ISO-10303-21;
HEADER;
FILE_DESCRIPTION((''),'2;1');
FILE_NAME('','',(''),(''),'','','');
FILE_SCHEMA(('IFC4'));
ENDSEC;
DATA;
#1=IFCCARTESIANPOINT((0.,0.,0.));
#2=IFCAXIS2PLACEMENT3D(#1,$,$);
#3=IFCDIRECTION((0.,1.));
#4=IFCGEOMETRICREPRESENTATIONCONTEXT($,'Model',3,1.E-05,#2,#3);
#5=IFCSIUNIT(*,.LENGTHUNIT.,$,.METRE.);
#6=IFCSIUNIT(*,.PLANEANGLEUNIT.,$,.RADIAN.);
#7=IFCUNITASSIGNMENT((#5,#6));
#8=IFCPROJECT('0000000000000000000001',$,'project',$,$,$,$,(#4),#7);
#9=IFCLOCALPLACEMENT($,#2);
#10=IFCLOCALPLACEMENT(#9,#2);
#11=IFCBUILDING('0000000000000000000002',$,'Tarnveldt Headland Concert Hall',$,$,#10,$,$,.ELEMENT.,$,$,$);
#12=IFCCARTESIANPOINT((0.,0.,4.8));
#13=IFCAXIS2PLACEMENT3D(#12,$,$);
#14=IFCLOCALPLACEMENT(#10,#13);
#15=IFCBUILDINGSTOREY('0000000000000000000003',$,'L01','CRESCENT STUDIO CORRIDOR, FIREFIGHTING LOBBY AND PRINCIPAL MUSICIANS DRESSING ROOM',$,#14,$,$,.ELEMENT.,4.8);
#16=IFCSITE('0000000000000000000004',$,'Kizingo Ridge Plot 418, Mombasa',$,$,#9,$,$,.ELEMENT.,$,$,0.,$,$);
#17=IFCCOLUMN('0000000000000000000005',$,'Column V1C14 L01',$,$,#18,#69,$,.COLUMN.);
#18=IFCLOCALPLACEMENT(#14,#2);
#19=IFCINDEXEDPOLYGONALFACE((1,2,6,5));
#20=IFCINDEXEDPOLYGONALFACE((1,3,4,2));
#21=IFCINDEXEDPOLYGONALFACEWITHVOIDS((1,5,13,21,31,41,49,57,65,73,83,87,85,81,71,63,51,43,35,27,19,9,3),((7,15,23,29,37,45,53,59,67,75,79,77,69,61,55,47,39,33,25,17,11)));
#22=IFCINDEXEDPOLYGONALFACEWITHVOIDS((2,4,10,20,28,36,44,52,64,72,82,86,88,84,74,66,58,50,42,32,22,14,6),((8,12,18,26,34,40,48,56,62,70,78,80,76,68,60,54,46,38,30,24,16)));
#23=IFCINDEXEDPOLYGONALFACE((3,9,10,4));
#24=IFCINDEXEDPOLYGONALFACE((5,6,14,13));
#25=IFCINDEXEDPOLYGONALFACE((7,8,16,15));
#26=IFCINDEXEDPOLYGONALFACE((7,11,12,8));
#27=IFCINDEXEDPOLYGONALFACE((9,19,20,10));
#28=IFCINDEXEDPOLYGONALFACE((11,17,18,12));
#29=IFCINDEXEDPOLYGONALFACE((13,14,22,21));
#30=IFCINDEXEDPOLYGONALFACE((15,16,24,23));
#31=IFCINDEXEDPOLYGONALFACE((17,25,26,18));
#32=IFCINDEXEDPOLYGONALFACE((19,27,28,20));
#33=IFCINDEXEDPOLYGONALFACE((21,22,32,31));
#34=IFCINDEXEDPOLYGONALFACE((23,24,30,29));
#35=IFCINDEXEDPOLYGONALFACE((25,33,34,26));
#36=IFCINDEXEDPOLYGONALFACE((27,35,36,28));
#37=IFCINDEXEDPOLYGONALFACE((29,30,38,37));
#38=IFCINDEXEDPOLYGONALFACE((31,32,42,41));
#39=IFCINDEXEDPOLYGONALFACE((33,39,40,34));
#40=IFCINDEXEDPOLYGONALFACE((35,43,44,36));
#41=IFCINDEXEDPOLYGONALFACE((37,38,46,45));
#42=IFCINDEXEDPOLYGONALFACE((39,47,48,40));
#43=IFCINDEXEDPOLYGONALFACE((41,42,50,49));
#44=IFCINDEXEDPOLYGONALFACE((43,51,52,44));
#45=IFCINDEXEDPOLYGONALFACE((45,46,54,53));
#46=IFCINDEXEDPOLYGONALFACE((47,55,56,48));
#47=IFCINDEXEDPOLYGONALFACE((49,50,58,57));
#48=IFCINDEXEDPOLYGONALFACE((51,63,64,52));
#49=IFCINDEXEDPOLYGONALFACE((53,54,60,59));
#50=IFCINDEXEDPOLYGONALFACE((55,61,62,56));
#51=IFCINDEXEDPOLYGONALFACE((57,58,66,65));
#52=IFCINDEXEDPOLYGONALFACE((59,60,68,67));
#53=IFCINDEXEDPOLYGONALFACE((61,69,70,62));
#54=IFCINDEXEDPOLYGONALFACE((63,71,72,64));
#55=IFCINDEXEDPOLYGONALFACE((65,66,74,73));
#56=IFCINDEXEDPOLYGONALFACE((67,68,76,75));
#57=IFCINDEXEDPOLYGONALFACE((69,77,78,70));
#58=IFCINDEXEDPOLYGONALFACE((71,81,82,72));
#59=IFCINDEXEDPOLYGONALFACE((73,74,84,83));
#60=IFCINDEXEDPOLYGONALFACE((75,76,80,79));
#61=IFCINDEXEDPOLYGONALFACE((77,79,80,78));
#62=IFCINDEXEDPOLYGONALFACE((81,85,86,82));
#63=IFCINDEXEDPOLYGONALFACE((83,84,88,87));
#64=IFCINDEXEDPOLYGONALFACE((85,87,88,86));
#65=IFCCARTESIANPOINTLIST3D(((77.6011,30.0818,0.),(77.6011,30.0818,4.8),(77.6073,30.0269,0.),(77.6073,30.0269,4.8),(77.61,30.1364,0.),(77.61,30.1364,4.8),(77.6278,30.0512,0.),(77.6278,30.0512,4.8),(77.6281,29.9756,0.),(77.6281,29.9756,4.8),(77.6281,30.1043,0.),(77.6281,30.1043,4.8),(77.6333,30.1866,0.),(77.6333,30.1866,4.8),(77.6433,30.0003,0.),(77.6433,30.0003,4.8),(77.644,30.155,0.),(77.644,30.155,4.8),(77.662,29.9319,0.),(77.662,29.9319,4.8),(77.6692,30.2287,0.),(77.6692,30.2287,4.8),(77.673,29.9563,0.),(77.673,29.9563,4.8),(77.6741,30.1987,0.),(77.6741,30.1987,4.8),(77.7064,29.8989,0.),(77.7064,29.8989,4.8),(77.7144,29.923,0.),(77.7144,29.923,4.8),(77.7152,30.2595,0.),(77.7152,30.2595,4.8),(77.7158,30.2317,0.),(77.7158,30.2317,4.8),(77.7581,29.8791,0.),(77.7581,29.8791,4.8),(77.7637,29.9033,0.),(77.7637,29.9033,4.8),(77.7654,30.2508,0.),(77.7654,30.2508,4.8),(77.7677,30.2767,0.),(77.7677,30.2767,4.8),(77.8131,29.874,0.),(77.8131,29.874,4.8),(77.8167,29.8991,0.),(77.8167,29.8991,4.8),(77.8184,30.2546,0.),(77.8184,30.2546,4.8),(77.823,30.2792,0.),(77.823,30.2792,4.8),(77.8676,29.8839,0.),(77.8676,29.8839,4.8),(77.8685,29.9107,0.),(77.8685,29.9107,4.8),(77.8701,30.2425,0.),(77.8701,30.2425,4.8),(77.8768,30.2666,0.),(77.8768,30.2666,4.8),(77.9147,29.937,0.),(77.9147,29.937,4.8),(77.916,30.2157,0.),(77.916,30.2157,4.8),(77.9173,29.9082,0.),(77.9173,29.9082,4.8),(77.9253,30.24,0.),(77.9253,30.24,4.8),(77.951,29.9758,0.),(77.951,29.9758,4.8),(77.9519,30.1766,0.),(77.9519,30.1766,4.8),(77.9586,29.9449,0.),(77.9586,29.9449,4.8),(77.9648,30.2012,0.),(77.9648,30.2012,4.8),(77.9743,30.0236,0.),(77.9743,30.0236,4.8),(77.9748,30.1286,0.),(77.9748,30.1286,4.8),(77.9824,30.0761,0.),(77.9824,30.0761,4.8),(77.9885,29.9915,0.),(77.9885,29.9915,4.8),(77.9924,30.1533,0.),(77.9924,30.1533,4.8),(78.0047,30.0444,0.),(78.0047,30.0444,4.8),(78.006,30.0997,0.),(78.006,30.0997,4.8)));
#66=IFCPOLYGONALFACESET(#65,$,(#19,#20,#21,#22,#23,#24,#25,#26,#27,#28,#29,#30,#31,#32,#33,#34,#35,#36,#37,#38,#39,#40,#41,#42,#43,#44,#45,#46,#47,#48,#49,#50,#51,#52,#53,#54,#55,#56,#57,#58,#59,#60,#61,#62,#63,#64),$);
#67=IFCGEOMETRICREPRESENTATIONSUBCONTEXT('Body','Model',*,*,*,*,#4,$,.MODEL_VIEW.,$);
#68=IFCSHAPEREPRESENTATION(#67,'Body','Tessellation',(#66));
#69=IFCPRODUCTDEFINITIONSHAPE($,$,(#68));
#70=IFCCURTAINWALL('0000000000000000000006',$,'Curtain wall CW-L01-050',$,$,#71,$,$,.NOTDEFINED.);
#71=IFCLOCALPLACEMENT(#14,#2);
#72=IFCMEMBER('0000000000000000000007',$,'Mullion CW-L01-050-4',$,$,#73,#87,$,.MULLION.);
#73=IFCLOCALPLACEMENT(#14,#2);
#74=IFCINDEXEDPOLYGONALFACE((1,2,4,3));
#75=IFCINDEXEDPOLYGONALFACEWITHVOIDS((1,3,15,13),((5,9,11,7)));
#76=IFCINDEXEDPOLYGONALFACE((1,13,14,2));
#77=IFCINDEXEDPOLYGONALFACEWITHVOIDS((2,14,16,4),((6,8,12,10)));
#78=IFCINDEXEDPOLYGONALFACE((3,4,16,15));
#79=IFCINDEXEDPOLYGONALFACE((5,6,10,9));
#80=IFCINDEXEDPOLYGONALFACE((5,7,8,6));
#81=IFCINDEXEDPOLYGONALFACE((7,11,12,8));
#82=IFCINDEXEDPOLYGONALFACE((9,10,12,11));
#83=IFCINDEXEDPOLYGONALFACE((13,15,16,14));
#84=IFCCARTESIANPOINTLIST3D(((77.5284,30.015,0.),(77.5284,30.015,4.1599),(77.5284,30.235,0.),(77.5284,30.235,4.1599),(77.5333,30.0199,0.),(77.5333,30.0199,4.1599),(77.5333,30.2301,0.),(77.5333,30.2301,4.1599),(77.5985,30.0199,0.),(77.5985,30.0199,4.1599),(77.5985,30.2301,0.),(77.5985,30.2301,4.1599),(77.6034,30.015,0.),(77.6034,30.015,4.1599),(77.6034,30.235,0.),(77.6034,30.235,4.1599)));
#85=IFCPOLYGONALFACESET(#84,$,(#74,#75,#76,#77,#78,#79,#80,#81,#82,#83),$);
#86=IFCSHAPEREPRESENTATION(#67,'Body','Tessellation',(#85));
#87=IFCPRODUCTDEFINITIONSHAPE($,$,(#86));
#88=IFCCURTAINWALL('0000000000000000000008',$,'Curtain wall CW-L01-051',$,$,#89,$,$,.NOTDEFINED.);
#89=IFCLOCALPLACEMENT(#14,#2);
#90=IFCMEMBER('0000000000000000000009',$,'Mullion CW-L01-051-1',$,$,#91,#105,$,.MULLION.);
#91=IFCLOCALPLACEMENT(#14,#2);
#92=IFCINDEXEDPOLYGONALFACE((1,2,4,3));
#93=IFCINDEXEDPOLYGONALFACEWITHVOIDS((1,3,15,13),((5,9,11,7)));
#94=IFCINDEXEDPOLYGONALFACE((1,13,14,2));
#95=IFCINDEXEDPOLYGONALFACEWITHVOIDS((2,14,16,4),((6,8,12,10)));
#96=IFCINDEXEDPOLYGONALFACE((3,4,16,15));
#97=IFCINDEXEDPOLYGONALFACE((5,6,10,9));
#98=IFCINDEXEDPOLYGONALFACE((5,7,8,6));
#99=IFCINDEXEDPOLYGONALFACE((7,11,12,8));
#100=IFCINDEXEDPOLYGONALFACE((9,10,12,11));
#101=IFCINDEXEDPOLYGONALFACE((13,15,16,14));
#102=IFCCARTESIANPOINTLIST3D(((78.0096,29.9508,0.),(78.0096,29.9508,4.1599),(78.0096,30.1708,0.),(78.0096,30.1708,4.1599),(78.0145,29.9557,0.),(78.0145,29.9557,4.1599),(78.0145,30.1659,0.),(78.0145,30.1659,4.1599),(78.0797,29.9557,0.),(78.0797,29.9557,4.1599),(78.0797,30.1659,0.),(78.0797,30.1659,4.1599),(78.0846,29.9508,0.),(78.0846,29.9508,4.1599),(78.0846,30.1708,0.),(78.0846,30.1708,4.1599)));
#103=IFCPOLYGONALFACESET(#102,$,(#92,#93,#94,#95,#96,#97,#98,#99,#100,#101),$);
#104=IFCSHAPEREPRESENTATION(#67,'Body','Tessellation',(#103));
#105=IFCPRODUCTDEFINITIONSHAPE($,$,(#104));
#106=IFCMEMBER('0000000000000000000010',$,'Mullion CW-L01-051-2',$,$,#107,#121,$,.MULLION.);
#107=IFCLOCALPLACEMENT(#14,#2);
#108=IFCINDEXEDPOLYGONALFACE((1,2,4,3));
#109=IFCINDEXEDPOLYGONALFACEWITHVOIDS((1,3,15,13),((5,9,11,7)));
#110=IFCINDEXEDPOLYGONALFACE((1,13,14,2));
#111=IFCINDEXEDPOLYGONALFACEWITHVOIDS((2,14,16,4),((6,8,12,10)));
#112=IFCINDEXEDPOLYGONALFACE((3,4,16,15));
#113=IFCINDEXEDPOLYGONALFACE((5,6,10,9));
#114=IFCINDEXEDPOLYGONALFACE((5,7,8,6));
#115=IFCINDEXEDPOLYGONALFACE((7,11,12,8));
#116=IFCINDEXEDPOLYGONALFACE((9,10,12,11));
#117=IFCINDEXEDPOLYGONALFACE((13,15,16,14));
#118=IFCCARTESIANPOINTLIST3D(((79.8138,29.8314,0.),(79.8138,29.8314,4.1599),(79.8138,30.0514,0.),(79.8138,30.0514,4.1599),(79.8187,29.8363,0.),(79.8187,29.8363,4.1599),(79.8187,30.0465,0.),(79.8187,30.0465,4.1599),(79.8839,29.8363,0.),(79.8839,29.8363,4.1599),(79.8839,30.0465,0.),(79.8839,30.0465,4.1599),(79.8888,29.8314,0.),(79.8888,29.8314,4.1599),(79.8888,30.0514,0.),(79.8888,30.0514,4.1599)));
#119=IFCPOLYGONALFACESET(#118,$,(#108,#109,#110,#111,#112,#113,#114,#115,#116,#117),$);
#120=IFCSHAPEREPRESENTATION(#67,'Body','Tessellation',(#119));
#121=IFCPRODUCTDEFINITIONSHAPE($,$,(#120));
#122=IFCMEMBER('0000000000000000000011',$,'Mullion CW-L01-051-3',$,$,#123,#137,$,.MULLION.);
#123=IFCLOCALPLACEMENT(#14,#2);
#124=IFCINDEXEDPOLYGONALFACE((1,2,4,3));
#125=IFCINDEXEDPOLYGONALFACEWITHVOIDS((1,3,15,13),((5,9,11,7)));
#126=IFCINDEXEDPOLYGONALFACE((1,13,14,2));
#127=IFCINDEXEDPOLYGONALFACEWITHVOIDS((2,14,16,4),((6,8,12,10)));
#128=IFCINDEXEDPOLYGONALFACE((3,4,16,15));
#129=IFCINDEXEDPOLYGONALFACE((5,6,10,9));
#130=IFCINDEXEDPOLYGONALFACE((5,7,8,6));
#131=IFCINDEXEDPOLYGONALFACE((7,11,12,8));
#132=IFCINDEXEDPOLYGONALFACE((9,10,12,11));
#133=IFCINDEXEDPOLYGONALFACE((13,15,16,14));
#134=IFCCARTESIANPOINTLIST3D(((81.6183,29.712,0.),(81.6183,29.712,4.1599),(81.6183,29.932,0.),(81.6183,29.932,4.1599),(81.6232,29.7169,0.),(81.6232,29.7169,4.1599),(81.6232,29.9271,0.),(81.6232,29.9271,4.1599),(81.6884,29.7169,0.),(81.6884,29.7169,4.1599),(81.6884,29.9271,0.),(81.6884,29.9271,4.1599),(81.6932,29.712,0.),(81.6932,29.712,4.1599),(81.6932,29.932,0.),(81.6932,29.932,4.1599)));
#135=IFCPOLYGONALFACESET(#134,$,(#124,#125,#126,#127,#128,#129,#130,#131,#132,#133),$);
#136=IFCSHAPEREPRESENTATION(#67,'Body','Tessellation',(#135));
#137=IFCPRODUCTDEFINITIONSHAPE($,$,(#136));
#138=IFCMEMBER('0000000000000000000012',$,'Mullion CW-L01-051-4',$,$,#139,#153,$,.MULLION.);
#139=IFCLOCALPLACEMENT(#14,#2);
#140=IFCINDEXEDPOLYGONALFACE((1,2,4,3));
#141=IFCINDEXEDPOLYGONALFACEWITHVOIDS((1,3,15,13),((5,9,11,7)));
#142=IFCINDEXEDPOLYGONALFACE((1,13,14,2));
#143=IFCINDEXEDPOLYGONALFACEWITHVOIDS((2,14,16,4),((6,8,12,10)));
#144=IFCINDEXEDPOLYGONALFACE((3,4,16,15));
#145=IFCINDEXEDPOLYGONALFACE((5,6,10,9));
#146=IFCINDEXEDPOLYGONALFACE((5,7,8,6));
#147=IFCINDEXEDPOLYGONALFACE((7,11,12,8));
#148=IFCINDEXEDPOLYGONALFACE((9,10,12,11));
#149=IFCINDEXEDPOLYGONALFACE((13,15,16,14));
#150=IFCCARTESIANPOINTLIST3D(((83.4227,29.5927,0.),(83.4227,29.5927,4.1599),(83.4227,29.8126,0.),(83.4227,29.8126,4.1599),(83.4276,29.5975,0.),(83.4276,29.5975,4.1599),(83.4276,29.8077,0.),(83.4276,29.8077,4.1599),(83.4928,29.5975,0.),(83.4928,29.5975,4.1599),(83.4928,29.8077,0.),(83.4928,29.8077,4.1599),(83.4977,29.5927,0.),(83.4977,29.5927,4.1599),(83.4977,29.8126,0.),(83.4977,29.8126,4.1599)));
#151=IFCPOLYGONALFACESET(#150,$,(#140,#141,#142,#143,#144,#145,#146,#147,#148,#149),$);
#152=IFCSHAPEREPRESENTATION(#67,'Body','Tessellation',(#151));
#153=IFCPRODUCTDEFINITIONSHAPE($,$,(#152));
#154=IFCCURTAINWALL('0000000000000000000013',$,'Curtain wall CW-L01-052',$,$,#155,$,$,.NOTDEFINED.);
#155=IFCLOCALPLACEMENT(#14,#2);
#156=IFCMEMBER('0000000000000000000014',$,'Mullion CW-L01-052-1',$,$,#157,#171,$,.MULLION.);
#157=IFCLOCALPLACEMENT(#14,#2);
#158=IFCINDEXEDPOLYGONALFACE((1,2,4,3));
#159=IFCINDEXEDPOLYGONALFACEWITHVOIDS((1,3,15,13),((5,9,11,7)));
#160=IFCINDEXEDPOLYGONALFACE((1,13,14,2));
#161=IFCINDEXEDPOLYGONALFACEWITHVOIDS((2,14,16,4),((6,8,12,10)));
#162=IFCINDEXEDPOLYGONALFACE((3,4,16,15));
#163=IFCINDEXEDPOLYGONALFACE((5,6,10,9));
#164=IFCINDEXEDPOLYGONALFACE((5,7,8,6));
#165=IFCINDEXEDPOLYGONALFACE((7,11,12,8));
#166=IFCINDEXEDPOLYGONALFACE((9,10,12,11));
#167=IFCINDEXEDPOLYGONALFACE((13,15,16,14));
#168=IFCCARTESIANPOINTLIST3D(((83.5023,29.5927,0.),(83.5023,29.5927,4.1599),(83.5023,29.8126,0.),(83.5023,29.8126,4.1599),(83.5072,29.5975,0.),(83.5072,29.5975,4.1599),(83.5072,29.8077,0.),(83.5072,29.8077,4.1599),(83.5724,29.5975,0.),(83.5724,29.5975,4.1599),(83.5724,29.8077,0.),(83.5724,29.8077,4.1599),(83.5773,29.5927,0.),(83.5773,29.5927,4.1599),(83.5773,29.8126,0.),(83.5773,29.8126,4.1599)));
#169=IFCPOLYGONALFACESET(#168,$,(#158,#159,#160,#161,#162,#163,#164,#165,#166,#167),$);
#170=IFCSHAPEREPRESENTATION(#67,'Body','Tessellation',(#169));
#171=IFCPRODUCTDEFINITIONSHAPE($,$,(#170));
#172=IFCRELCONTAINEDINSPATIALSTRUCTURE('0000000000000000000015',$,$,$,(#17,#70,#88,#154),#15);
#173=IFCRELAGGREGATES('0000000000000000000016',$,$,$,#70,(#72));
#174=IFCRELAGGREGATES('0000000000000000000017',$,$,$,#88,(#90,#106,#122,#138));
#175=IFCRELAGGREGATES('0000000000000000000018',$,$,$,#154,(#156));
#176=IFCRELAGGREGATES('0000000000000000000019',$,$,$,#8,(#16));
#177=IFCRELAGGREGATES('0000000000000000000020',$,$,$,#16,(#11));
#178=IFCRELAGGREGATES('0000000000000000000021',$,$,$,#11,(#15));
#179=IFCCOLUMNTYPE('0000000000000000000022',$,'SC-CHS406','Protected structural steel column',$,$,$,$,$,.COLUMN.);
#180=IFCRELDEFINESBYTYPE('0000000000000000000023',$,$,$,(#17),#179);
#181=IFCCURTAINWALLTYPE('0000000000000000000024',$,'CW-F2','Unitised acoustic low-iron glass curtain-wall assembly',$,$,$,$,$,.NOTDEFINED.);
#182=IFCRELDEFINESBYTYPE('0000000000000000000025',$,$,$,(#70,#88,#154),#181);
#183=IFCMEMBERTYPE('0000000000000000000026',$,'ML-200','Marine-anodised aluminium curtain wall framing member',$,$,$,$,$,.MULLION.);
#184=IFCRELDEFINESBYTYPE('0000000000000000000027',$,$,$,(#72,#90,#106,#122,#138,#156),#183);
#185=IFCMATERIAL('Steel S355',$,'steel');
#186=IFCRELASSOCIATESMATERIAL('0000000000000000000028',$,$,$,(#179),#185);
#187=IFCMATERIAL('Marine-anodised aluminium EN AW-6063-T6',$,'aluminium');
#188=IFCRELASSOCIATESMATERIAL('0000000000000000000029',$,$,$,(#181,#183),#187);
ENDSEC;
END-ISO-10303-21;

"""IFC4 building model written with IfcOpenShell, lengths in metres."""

from ifc_helpers import new_model, si_unit, direction, frame, origin, origin_2d, place, context, subcontext, project, spatial, hollow_rectangle, hollow_circle, extrude, material, material_profile, profile_set, type_object, element, aggregate, save


model = new_model("IFC4")

# Units and contexts
model_context = context("Model", 3, precision=1e-05, world=origin(), true_north=direction((0.0, 1.0)))
body_context = subcontext(model_context, "Body", "Model", "MODEL_VIEW")
ifc_project = project(units=[si_unit("LENGTHUNIT", "METRE"), si_unit("PLANEANGLEUNIT", "RADIAN")], contexts=[model_context])

# Site, building, storey
site_placement = place(None, origin())
site = spatial("IfcSite", under=ifc_project, at=site_placement, Name="Kizingo Ridge Plot 418, Mombasa", CompositionType="ELEMENT", RefElevation=0.0)
building_placement = place(site_placement, origin())
building = spatial("IfcBuilding", under=site, at=building_placement, Name="Tarnveldt Headland Concert Hall", CompositionType="ELEMENT")
storey_placement = place(building_placement, frame((0.0, 0.0, 4.8)))
storey = spatial("IfcBuildingStorey", under=building, at=storey_placement, Name="L01", Description="CRESCENT STUDIO CORRIDOR, FIREFIGHTING LOBBY AND PRINCIPAL MUSICIANS DRESSING ROOM", CompositionType="ELEMENT", Elevation=4.8)

# Column
ifc_material_1 = material(Name="Steel S355", Category="steel")
ifc_material_profile_1 = material_profile(ifc_material_1, hollow_circle(Radius=0.2031, WallThickness=0.0249, at=origin_2d()), Name="CHS 406.4x25", Category="steel")
ifc_profile_set_1 = profile_set([ifc_material_profile_1], Name="Steel S355")
column_type = type_object("IfcColumnType", Name="SC-CHS406", Description="Protected structural steel column", PredefinedType="COLUMN", material=ifc_profile_set_1)
column_placement = place(storey_placement, frame((77.8042, 30.0769, 0.0), z_axis=(0.0, 0.0, 1.0), x_axis=(-0.227161, -0.973857, 0.0)))
element("IfcColumn", 1, at=column_placement, inside=storey, type_object=column_type, Name="Column V1C14 L01", PredefinedType="COLUMN", context=body_context, shape_type="SweptSolid", body=[
    extrude(hollow_circle(Radius=0.2031, WallThickness=0.0249, at=origin_2d()), origin(), (0.0, 0.0, 1.0), 4.8),
])

# Curtain wall, member
ifc_material_2 = material(Name="Marine-anodised aluminium EN AW-6063-T6", Category="aluminium")
curtain_wall_type = type_object("IfcCurtainWallType", Name="CW-F2", Description="Unitised acoustic low-iron glass curtain-wall assembly", PredefinedType="NOTDEFINED", material=ifc_material_2)
curtain_wall_1_placement = place(storey_placement, origin())
curtain_wall_1 = element("IfcCurtainWall", 2, at=curtain_wall_1_placement, inside=storey, type_object=curtain_wall_type, Name="Curtain wall CW-L01-050", PredefinedType="NOTDEFINED")
ifc_material_profile_2 = material_profile(ifc_material_2, hollow_rectangle(XDim=0.075, YDim=0.22, WallThickness=0.0049, at=origin_2d()), Name="ALU MULLION 75x220x5", Category="aluminium")
ifc_profile_set_2 = profile_set([ifc_material_profile_2], Name="Marine-anodised aluminium EN AW-6063-T6")
member_type_1 = type_object("IfcMemberType", Name="ML-200", Description="Marine-anodised aluminium curtain wall framing member", PredefinedType="MULLION", material=ifc_profile_set_2)
member_1_placement = place(storey_placement, frame((77.5659, 30.125, 0.0), z_axis=(0.0, 0.0, 1.0), x_axis=(1.0, 0.0, 0.0)))
member_1 = element("IfcMember", 3, at=member_1_placement, type_object=member_type_1, Name="Mullion CW-L01-050-4", PredefinedType="MULLION", context=body_context, shape_type="SweptSolid", body=[
    extrude(hollow_rectangle(XDim=0.075, YDim=0.22, WallThickness=0.0049, at=origin_2d()), origin(), (0.0, 0.0, 1.0), 4.1599),
])

# Curtain wall, members
curtain_wall_2_placement = place(storey_placement, origin())
curtain_wall_2 = element("IfcCurtainWall", 4, at=curtain_wall_2_placement, inside=storey, type_object=curtain_wall_type, Name="Curtain wall CW-L01-051", PredefinedType="NOTDEFINED")
member_2_placement = place(storey_placement, frame((78.0471, 30.0608, 0.0), z_axis=(0.0, 0.0, 1.0), x_axis=(1.0, 0.0, 0.0)))
member_2 = element("IfcMember", 5, at=member_2_placement, type_object=member_type_1, Name="Mullion CW-L01-051-1", PredefinedType="MULLION", context=body_context, shape_type="SweptSolid", body=[
    extrude(hollow_rectangle(XDim=0.075, YDim=0.22, WallThickness=0.0049, at=origin_2d()), origin(), (0.0, 0.0, 1.0), 4.1599),
])
member_3_placement = place(storey_placement, frame((79.8513, 29.9414, 0.0), z_axis=(0.0, 0.0, 1.0), x_axis=(1.0, 0.0, 0.0)))
member_3 = element("IfcMember", 6, at=member_3_placement, type_object=member_type_1, Name="Mullion CW-L01-051-2", PredefinedType="MULLION", context=body_context, shape_type="SweptSolid", body=[
    extrude(hollow_rectangle(XDim=0.075, YDim=0.22, WallThickness=0.0049, at=origin_2d()), origin(), (0.0, 0.0, 1.0), 4.1599),
])
member_4_placement = place(storey_placement, frame((81.6558, 29.822, 0.0), z_axis=(0.0, 0.0, 1.0), x_axis=(1.0, 0.0, 0.0)))
member_4 = element("IfcMember", 7, at=member_4_placement, type_object=member_type_1, Name="Mullion CW-L01-051-3", PredefinedType="MULLION", context=body_context, shape_type="SweptSolid", body=[
    extrude(hollow_rectangle(XDim=0.075, YDim=0.22, WallThickness=0.0049, at=origin_2d()), origin(), (0.0, 0.0, 1.0), 4.1599),
])
member_5_placement = place(storey_placement, frame((83.4602, 29.7026, 0.0), z_axis=(0.0, 0.0, 1.0), x_axis=(1.0, 0.0, 0.0)))
member_5 = element("IfcMember", 8, at=member_5_placement, type_object=member_type_1, Name="Mullion CW-L01-051-4", PredefinedType="MULLION", context=body_context, shape_type="SweptSolid", body=[
    extrude(hollow_rectangle(XDim=0.075, YDim=0.22, WallThickness=0.0049, at=origin_2d()), origin(), (0.0, 0.0, 1.0), 4.1599),
])

# Curtain wall, member
curtain_wall_3_placement = place(storey_placement, origin())
curtain_wall_3 = element("IfcCurtainWall", 9, at=curtain_wall_3_placement, inside=storey, type_object=curtain_wall_type, Name="Curtain wall CW-L01-052", PredefinedType="NOTDEFINED")
member_6_placement = place(storey_placement, frame((83.5398, 29.7026, 0.0), z_axis=(0.0, 0.0, 1.0), x_axis=(1.0, 0.0, 0.0)))
member_6 = element("IfcMember", 10, at=member_6_placement, type_object=member_type_1, Name="Mullion CW-L01-052-1", PredefinedType="MULLION", context=body_context, shape_type="SweptSolid", body=[
    extrude(hollow_rectangle(XDim=0.075, YDim=0.22, WallThickness=0.0049, at=origin_2d()), origin(), (0.0, 0.0, 1.0), 4.1599),
])

aggregate(curtain_wall_1, [member_1])
aggregate(curtain_wall_2, [member_2, member_3, member_4, member_5])
aggregate(curtain_wall_3, [member_6])

save(model, "model.ifc")
